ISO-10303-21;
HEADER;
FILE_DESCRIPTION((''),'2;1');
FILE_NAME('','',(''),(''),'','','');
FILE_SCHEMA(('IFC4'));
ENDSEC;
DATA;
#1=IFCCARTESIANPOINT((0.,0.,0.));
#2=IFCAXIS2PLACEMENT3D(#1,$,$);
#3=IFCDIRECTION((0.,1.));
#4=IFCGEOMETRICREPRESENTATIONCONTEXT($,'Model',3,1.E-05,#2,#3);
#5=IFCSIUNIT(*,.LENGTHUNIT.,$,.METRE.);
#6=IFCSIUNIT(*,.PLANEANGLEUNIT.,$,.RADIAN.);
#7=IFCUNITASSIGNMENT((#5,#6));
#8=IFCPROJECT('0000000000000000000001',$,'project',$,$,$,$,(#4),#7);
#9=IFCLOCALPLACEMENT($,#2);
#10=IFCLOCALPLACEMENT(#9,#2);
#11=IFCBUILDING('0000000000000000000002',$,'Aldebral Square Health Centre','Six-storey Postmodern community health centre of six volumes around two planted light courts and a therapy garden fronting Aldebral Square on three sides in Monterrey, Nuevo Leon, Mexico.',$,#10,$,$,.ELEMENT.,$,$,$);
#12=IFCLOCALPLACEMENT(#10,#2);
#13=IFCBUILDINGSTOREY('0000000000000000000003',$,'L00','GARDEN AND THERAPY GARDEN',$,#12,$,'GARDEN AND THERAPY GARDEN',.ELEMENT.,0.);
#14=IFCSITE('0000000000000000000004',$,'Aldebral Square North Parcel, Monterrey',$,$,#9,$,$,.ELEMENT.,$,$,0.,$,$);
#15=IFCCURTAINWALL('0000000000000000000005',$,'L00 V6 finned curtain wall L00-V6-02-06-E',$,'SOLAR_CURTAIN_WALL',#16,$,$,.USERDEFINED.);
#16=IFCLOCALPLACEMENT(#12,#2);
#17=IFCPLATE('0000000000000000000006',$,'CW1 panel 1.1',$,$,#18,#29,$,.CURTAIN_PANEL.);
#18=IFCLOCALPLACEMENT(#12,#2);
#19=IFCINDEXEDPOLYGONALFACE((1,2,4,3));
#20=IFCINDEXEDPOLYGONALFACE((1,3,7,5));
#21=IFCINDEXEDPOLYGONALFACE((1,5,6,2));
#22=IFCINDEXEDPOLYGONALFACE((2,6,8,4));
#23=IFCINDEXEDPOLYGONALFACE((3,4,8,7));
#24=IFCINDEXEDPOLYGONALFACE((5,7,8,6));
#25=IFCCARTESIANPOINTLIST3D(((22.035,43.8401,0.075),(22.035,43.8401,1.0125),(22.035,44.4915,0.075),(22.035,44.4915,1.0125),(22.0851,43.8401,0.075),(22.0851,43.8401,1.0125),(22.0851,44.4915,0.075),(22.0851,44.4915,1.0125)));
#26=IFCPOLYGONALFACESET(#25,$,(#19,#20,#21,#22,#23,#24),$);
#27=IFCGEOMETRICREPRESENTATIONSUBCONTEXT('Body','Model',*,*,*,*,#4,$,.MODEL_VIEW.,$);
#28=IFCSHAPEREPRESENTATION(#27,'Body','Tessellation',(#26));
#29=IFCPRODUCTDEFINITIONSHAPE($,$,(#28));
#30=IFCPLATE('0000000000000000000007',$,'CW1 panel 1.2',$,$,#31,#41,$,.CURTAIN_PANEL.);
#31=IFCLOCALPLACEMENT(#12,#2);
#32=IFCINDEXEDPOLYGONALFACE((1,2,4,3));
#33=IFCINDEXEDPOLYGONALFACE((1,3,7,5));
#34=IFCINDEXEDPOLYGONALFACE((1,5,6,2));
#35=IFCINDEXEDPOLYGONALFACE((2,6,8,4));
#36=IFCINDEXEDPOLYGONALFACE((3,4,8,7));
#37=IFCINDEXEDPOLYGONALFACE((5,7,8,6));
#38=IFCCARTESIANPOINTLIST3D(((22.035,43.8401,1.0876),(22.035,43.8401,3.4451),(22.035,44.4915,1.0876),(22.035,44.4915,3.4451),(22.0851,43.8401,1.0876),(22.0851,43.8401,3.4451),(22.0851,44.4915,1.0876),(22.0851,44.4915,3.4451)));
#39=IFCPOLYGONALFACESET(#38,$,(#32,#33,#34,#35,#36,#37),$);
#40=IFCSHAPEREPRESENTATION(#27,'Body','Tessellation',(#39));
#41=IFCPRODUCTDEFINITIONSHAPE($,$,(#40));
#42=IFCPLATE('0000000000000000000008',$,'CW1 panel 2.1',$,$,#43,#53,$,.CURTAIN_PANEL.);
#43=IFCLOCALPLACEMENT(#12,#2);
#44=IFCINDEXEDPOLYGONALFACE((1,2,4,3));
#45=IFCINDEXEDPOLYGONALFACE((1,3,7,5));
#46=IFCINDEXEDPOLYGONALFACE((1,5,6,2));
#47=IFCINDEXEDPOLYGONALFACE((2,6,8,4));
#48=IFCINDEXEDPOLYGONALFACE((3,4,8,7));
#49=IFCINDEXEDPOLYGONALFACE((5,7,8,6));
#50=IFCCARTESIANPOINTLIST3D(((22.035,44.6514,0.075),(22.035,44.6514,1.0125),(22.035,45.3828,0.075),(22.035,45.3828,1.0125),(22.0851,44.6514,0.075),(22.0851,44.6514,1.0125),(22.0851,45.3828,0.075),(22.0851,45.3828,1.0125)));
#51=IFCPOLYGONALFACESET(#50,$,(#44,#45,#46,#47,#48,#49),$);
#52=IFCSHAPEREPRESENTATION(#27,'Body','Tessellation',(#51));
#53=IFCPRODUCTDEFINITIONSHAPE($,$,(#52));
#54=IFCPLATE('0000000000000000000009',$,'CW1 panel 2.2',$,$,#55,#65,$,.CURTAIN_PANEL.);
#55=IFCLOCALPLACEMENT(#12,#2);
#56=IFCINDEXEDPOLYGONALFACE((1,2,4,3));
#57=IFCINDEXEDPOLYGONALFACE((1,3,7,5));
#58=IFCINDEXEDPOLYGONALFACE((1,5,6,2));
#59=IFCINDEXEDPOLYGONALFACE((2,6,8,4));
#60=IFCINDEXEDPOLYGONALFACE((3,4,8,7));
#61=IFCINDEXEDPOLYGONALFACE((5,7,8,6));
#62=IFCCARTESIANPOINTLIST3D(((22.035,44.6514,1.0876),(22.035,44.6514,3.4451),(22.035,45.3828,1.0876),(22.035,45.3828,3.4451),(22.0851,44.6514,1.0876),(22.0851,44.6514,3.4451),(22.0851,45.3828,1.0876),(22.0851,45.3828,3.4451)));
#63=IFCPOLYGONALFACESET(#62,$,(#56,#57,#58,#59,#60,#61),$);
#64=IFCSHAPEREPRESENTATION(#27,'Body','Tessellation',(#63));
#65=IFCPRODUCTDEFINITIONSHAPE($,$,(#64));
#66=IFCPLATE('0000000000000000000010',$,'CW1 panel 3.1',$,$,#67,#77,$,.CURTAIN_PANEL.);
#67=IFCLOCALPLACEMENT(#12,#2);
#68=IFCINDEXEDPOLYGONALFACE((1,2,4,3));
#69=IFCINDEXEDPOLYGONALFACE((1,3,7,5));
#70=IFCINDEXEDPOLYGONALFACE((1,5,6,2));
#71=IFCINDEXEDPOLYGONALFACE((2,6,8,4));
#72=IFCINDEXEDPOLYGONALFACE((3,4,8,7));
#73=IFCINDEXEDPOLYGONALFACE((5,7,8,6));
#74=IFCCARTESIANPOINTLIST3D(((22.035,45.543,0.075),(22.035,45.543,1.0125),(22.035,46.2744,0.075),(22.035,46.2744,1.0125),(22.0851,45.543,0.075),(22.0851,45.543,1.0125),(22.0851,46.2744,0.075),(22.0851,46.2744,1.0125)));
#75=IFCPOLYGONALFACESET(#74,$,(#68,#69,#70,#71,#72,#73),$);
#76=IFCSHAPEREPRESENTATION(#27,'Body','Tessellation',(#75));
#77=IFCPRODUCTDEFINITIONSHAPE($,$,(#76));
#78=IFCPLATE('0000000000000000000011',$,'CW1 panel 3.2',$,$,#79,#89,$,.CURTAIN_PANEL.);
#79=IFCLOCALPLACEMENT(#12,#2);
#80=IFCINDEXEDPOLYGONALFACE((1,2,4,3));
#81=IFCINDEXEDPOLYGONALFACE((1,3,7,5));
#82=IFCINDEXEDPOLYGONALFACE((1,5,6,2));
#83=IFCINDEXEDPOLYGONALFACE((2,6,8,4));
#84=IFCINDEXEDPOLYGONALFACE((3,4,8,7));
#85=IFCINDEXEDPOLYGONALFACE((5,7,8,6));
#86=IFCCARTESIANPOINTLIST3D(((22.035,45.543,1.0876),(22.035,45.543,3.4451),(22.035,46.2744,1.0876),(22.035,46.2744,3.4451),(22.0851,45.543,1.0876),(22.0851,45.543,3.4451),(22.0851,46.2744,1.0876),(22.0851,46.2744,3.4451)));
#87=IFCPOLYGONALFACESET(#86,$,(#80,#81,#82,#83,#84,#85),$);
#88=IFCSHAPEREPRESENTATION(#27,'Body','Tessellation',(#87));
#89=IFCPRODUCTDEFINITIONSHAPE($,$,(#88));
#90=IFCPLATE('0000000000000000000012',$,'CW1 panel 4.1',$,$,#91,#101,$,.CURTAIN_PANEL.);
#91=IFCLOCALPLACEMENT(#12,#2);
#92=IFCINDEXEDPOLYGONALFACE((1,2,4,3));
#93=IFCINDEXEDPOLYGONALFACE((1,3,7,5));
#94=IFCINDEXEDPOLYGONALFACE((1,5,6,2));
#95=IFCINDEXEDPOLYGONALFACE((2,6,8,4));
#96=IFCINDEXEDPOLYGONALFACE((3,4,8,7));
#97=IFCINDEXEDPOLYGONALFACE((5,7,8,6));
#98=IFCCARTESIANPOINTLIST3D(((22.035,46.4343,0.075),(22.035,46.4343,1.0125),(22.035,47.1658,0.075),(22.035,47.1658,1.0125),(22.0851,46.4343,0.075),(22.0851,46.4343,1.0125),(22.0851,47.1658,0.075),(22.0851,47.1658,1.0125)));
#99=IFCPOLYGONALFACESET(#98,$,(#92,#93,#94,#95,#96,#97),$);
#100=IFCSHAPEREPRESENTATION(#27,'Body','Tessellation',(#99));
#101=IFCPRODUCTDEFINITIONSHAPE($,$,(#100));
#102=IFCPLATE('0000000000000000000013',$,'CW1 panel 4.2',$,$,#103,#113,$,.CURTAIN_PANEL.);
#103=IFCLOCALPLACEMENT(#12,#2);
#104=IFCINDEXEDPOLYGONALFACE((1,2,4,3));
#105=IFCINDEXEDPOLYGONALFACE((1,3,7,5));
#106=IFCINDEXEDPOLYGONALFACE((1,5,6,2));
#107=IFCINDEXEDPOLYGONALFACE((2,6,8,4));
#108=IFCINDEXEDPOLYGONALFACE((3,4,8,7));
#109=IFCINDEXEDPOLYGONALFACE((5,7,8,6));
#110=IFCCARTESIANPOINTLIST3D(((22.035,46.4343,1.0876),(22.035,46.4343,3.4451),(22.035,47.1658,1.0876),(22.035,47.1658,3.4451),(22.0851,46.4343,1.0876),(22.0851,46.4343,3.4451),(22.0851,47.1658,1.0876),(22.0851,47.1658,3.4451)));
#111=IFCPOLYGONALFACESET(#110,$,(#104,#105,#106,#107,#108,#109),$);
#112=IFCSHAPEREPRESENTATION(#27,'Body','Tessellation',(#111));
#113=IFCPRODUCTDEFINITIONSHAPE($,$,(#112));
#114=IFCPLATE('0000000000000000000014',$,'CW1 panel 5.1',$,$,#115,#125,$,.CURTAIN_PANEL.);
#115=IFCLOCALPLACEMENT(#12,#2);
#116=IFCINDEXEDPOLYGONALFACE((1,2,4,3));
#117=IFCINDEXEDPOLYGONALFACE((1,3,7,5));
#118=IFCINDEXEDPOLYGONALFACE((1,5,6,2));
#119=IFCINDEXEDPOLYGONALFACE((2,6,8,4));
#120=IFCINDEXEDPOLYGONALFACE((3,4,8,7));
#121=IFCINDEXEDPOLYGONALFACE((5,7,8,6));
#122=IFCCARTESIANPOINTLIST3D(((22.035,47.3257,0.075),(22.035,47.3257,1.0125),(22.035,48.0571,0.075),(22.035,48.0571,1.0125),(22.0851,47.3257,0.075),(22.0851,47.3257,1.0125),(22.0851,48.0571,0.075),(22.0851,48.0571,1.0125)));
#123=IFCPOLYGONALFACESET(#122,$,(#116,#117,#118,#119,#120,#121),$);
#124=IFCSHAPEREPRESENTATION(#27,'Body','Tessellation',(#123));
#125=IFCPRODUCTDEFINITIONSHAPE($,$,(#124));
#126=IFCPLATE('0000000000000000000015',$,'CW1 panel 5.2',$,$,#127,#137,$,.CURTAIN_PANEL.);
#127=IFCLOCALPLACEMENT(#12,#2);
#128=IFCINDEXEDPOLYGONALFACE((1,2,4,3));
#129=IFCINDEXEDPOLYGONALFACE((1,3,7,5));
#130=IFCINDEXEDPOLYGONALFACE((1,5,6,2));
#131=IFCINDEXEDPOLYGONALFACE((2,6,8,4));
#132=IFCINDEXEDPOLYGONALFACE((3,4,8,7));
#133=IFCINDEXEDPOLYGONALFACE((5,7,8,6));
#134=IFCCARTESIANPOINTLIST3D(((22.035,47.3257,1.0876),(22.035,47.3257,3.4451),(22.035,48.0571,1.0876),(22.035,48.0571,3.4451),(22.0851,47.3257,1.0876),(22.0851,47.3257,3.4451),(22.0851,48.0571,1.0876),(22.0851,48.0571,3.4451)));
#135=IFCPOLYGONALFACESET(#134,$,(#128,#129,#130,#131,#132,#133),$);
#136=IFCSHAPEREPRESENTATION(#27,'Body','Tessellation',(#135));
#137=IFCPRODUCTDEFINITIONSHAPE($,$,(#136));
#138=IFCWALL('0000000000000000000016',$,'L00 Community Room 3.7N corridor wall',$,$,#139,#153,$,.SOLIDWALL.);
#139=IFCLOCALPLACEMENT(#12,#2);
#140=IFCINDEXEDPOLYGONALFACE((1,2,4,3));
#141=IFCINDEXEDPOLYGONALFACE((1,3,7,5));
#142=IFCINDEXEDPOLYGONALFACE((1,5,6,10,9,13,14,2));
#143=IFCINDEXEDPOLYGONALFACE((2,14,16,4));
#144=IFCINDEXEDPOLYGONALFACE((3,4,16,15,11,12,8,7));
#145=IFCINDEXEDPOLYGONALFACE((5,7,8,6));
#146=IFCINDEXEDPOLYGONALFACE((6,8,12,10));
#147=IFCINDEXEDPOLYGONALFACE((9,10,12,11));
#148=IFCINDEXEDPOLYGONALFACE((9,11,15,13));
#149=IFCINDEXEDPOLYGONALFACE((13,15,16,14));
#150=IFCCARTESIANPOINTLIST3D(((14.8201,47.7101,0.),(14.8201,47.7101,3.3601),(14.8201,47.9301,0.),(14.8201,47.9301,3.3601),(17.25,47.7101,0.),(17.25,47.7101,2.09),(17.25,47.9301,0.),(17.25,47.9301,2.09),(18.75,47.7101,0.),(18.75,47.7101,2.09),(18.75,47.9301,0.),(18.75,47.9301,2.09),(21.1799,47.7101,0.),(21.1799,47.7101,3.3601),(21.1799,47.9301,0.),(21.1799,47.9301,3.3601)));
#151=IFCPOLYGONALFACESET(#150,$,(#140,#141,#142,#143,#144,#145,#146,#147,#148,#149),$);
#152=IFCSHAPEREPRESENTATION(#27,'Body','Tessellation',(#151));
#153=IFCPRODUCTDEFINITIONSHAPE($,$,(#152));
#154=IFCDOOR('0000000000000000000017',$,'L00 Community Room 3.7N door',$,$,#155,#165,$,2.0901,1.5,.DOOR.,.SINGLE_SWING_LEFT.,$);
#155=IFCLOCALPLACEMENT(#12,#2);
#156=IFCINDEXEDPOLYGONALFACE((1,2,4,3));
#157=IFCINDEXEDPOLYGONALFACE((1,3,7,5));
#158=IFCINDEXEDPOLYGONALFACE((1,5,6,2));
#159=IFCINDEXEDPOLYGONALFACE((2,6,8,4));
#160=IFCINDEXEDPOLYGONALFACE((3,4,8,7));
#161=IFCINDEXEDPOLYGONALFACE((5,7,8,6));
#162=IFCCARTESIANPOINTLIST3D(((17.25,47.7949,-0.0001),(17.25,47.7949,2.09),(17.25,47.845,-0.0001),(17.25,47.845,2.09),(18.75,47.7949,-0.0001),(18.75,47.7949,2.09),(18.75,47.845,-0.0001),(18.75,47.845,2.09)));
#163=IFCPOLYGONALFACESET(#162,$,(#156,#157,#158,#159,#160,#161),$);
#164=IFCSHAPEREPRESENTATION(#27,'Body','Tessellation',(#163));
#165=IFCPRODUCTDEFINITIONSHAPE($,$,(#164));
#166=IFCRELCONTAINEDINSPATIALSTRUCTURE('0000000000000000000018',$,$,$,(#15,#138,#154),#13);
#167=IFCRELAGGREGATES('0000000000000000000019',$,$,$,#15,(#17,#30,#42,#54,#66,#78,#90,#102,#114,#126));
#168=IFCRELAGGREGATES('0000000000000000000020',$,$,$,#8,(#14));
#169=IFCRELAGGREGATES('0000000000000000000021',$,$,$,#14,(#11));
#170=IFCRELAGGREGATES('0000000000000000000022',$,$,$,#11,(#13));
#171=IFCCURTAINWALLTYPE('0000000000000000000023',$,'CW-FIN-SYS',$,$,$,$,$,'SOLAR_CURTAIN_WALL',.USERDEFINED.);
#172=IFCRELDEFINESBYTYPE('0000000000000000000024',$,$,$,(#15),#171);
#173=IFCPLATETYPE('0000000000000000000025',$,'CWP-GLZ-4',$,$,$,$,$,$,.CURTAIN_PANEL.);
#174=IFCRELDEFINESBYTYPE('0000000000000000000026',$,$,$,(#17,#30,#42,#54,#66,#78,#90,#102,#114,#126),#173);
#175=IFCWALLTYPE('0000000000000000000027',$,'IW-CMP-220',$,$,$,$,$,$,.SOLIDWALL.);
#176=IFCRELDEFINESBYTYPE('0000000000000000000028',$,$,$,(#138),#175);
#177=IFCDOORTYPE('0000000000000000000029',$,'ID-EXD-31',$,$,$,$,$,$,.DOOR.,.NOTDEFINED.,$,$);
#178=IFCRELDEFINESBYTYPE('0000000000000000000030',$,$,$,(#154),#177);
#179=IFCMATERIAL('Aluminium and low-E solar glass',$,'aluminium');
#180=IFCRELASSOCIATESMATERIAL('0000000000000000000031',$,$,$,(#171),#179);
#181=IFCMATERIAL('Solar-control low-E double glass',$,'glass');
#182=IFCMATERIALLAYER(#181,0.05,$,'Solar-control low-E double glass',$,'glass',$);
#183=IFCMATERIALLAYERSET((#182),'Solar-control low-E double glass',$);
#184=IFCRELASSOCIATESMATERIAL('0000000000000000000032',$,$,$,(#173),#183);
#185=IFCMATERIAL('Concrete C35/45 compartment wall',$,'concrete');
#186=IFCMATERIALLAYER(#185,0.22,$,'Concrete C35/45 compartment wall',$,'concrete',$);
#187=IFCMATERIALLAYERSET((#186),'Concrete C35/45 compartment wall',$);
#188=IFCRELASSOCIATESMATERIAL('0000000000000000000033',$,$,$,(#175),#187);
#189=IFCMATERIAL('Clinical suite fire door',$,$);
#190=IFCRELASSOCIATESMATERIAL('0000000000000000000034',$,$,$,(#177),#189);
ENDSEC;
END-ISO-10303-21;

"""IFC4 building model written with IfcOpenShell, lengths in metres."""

from ifc_helpers import new_model, si_unit, direction, frame, frame_2d, origin, origin_2d, place, context, subcontext, project, spatial, rectangle, extrude, material, layer, layer_set, type_object, element, fill, aggregate, save


model = new_model("IFC4")

# Units and contexts
model_context = context("Model", 3, precision=1e-05, world=origin(), true_north=direction((0.0, 1.0)))
body_context = subcontext(model_context, "Body", "Model", "MODEL_VIEW")
ifc_project = project(units=[si_unit("LENGTHUNIT", "METRE"), si_unit("PLANEANGLEUNIT", "RADIAN")], contexts=[model_context])

# Site, building, storey
site_placement = place(None, origin())
site = spatial("IfcSite", under=ifc_project, at=site_placement, Name="Aldebral Square North Parcel, Monterrey", CompositionType="ELEMENT", RefElevation=0.0)
building_placement = place(site_placement, origin())
building = spatial("IfcBuilding", under=site, at=building_placement, Name="Aldebral Square Health Centre", Description="Six-storey Postmodern community health centre of six volumes around two planted light courts and a therapy garden fronting Aldebral Square on three sides in Monterrey, Nuevo Leon, Mexico.", CompositionType="ELEMENT")
storey_placement = place(building_placement, origin())
storey = spatial("IfcBuildingStorey", under=building, at=storey_placement, Name="L00", Description="GARDEN AND THERAPY GARDEN", LongName="GARDEN AND THERAPY GARDEN", CompositionType="ELEMENT", Elevation=0.0)

# Curtain wall, plates
ifc_material_1 = material(Name="Aluminium and low-E solar glass", Category="aluminium")
curtain_wall_type = type_object("IfcCurtainWallType", Name="CW-FIN-SYS", ElementType="SOLAR_CURTAIN_WALL", PredefinedType="USERDEFINED", material=ifc_material_1)
curtain_wall_placement = place(storey_placement, origin())
curtain_wall = element("IfcCurtainWall", 1, at=curtain_wall_placement, inside=storey, type_object=curtain_wall_type, Name="L00 V6 finned curtain wall L00-V6-02-06-E", ObjectType="SOLAR_CURTAIN_WALL", PredefinedType="USERDEFINED")
ifc_material_2 = material(Name="Solar-control low-E double glass", Category="glass")
ifc_layer_1 = layer(ifc_material_2, 0.05, Name="Solar-control low-E double glass", Category="glass")
ifc_layer_set_1 = layer_set([ifc_layer_1], Name="Solar-control low-E double glass")
plate_type = type_object("IfcPlateType", Name="CWP-GLZ-4", PredefinedType="CURTAIN_PANEL", material=ifc_layer_set_1)
plate_1_placement = place(storey_placement, frame((22.0601, 44.1658, 0.075), z_axis=(0.0, 0.0, 1.0), x_axis=(0.0, 1.0, 0.0)))
plate_1 = element("IfcPlate", 2, at=plate_1_placement, type_object=plate_type, Name="CW1 panel 1.1", PredefinedType="CURTAIN_PANEL", context=body_context, shape_type="SweptSolid", body=[
    extrude(rectangle(XDim=0.6514, YDim=0.05, at=origin_2d()), origin(), (0.0, 0.0, 1.0), 0.9375),
])
plate_2_placement = place(storey_placement, frame((22.0601, 44.1658, 1.0876), z_axis=(0.0, 0.0, 1.0), x_axis=(0.0, 1.0, 0.0)))
plate_2 = element("IfcPlate", 3, at=plate_2_placement, type_object=plate_type, Name="CW1 panel 1.2", PredefinedType="CURTAIN_PANEL", context=body_context, shape_type="SweptSolid", body=[
    extrude(rectangle(XDim=0.6514, YDim=0.05, at=origin_2d()), origin(), (0.0, 0.0, 1.0), 2.3574),
])
plate_3_placement = place(storey_placement, frame((22.0601, 45.0171, 0.075), z_axis=(0.0, 0.0, 1.0), x_axis=(0.0, 1.0, 0.0)))
plate_3 = element("IfcPlate", 4, at=plate_3_placement, type_object=plate_type, Name="CW1 panel 2.1", PredefinedType="CURTAIN_PANEL", context=body_context, shape_type="SweptSolid", body=[
    extrude(rectangle(XDim=0.7314, YDim=0.05, at=origin_2d()), origin(), (0.0, 0.0, 1.0), 0.9375),
])
plate_4_placement = place(storey_placement, frame((22.0601, 45.0171, 1.0876), z_axis=(0.0, 0.0, 1.0), x_axis=(0.0, 1.0, 0.0)))
plate_4 = element("IfcPlate", 5, at=plate_4_placement, type_object=plate_type, Name="CW1 panel 2.2", PredefinedType="CURTAIN_PANEL", context=body_context, shape_type="SweptSolid", body=[
    extrude(rectangle(XDim=0.7314, YDim=0.05, at=origin_2d()), origin(), (0.0, 0.0, 1.0), 2.3574),
])
plate_5_placement = place(storey_placement, frame((22.0601, 45.9087, 0.075), z_axis=(0.0, 0.0, 1.0), x_axis=(0.0, 1.0, 0.0)))
plate_5 = element("IfcPlate", 6, at=plate_5_placement, type_object=plate_type, Name="CW1 panel 3.1", PredefinedType="CURTAIN_PANEL", context=body_context, shape_type="SweptSolid", body=[
    extrude(rectangle(XDim=0.7314, YDim=0.05, at=origin_2d()), origin(), (0.0, 0.0, 1.0), 0.9375),
])
plate_6_placement = place(storey_placement, frame((22.0601, 45.9087, 1.0876), z_axis=(0.0, 0.0, 1.0), x_axis=(0.0, 1.0, 0.0)))
plate_6 = element("IfcPlate", 7, at=plate_6_placement, type_object=plate_type, Name="CW1 panel 3.2", PredefinedType="CURTAIN_PANEL", context=body_context, shape_type="SweptSolid", body=[
    extrude(rectangle(XDim=0.7314, YDim=0.05, at=origin_2d()), origin(), (0.0, 0.0, 1.0), 2.3574),
])
plate_7_placement = place(storey_placement, frame((22.0601, 46.8, 0.075), z_axis=(0.0, 0.0, 1.0), x_axis=(0.0, 1.0, 0.0)))
plate_7 = element("IfcPlate", 8, at=plate_7_placement, type_object=plate_type, Name="CW1 panel 4.1", PredefinedType="CURTAIN_PANEL", context=body_context, shape_type="SweptSolid", body=[
    extrude(rectangle(XDim=0.7314, YDim=0.05, at=origin_2d()), origin(), (0.0, 0.0, 1.0), 0.9375),
])
plate_8_placement = place(storey_placement, frame((22.0601, 46.8, 1.0876), z_axis=(0.0, 0.0, 1.0), x_axis=(0.0, 1.0, 0.0)))
plate_8 = element("IfcPlate", 9, at=plate_8_placement, type_object=plate_type, Name="CW1 panel 4.2", PredefinedType="CURTAIN_PANEL", context=body_context, shape_type="SweptSolid", body=[
    extrude(rectangle(XDim=0.7314, YDim=0.05, at=origin_2d()), origin(), (0.0, 0.0, 1.0), 2.3574),
])
plate_9_placement = place(storey_placement, frame((22.0601, 47.6914, 0.075), z_axis=(0.0, 0.0, 1.0), x_axis=(0.0, 1.0, 0.0)))
plate_9 = element("IfcPlate", 10, at=plate_9_placement, type_object=plate_type, Name="CW1 panel 5.1", PredefinedType="CURTAIN_PANEL", context=body_context, shape_type="SweptSolid", body=[
    extrude(rectangle(XDim=0.7314, YDim=0.05, at=origin_2d()), origin(), (0.0, 0.0, 1.0), 0.9375),
])
plate_10_placement = place(storey_placement, frame((22.0601, 47.6914, 1.0876), z_axis=(0.0, 0.0, 1.0), x_axis=(0.0, 1.0, 0.0)))
plate_10 = element("IfcPlate", 11, at=plate_10_placement, type_object=plate_type, Name="CW1 panel 5.2", PredefinedType="CURTAIN_PANEL", context=body_context, shape_type="SweptSolid", body=[
    extrude(rectangle(XDim=0.7314, YDim=0.05, at=origin_2d()), origin(), (0.0, 0.0, 1.0), 2.3574),
])
aggregate(curtain_wall, [plate_1, plate_2, plate_3, plate_4, plate_5, plate_6, plate_7, plate_8, plate_9, plate_10])

# Wall, opening, door
ifc_material_3 = material(Name="Concrete C35/45 compartment wall", Category="concrete")
ifc_layer_2 = layer(ifc_material_3, 0.22, Name="Concrete C35/45 compartment wall", Category="concrete")
ifc_layer_set_2 = layer_set([ifc_layer_2], Name="Concrete C35/45 compartment wall")
wall_type_1 = type_object("IfcWallType", Name="IW-CMP-220", PredefinedType="SOLIDWALL", material=ifc_layer_set_2)
wall_1_placement = place(storey_placement, frame((14.8201, 47.8201, 0.0), z_axis=(0.0, 0.0, 1.0), x_axis=(1.0, 0.0, 0.0)))
wall_1 = element("IfcWall", 12, at=wall_1_placement, inside=storey, type_object=wall_type_1, Name="L00 Community Room 3.7N corridor wall", PredefinedType="SOLIDWALL", context=body_context, shape_type="SweptSolid", body=[
    extrude(rectangle(XDim=6.3599, YDim=0.22, at=frame_2d((3.1799, 0.0))), origin(), (0.0, 0.0, 1.0), 3.3601),
])
opening_1_placement = place(wall_1_placement, frame((2.4299, 0.0, 0.0)))
opening_1 = element("IfcOpeningElement", 13, at=opening_1_placement, cuts=wall_1, PredefinedType="OPENING", context=body_context, shape_type="SweptSolid", body=[
    extrude(rectangle(XDim=1.5, YDim=2.0901, at=frame_2d((0.75, 1.0449))), frame((0.0, 0.1201, 0.0), z_axis=(0.0, -1.0, 0.0), x_axis=(1.0, 0.0, 0.0)), (0.0, 0.0, 1.0), 0.24),
])
ifc_material_4 = material(Name="Clinical suite fire door")
door_type_1 = type_object("IfcDoorType", Name="ID-EXD-31", OperationType="NOTDEFINED", PredefinedType="DOOR", material=ifc_material_4)
door_1_placement = place(opening_1_placement, origin())
door_1 = element("IfcDoor", 14, at=door_1_placement, inside=storey, type_object=door_type_1, Name="L00 Community Room 3.7N door", OperationType="SINGLE_SWING_LEFT", OverallHeight=2.0901, OverallWidth=1.5, PredefinedType="DOOR", context=body_context, shape_type="SweptSolid", body=[
    extrude(rectangle(XDim=1.5, YDim=2.0901, at=frame_2d((0.75, 1.0449))), frame((0.0, 0.0249, 0.0), z_axis=(0.0, -1.0, 0.0), x_axis=(1.0, 0.0, 0.0)), (0.0, 0.0, 1.0), 0.05),
])
fill(opening_1, door_1)

save(model, "model.ifc")
